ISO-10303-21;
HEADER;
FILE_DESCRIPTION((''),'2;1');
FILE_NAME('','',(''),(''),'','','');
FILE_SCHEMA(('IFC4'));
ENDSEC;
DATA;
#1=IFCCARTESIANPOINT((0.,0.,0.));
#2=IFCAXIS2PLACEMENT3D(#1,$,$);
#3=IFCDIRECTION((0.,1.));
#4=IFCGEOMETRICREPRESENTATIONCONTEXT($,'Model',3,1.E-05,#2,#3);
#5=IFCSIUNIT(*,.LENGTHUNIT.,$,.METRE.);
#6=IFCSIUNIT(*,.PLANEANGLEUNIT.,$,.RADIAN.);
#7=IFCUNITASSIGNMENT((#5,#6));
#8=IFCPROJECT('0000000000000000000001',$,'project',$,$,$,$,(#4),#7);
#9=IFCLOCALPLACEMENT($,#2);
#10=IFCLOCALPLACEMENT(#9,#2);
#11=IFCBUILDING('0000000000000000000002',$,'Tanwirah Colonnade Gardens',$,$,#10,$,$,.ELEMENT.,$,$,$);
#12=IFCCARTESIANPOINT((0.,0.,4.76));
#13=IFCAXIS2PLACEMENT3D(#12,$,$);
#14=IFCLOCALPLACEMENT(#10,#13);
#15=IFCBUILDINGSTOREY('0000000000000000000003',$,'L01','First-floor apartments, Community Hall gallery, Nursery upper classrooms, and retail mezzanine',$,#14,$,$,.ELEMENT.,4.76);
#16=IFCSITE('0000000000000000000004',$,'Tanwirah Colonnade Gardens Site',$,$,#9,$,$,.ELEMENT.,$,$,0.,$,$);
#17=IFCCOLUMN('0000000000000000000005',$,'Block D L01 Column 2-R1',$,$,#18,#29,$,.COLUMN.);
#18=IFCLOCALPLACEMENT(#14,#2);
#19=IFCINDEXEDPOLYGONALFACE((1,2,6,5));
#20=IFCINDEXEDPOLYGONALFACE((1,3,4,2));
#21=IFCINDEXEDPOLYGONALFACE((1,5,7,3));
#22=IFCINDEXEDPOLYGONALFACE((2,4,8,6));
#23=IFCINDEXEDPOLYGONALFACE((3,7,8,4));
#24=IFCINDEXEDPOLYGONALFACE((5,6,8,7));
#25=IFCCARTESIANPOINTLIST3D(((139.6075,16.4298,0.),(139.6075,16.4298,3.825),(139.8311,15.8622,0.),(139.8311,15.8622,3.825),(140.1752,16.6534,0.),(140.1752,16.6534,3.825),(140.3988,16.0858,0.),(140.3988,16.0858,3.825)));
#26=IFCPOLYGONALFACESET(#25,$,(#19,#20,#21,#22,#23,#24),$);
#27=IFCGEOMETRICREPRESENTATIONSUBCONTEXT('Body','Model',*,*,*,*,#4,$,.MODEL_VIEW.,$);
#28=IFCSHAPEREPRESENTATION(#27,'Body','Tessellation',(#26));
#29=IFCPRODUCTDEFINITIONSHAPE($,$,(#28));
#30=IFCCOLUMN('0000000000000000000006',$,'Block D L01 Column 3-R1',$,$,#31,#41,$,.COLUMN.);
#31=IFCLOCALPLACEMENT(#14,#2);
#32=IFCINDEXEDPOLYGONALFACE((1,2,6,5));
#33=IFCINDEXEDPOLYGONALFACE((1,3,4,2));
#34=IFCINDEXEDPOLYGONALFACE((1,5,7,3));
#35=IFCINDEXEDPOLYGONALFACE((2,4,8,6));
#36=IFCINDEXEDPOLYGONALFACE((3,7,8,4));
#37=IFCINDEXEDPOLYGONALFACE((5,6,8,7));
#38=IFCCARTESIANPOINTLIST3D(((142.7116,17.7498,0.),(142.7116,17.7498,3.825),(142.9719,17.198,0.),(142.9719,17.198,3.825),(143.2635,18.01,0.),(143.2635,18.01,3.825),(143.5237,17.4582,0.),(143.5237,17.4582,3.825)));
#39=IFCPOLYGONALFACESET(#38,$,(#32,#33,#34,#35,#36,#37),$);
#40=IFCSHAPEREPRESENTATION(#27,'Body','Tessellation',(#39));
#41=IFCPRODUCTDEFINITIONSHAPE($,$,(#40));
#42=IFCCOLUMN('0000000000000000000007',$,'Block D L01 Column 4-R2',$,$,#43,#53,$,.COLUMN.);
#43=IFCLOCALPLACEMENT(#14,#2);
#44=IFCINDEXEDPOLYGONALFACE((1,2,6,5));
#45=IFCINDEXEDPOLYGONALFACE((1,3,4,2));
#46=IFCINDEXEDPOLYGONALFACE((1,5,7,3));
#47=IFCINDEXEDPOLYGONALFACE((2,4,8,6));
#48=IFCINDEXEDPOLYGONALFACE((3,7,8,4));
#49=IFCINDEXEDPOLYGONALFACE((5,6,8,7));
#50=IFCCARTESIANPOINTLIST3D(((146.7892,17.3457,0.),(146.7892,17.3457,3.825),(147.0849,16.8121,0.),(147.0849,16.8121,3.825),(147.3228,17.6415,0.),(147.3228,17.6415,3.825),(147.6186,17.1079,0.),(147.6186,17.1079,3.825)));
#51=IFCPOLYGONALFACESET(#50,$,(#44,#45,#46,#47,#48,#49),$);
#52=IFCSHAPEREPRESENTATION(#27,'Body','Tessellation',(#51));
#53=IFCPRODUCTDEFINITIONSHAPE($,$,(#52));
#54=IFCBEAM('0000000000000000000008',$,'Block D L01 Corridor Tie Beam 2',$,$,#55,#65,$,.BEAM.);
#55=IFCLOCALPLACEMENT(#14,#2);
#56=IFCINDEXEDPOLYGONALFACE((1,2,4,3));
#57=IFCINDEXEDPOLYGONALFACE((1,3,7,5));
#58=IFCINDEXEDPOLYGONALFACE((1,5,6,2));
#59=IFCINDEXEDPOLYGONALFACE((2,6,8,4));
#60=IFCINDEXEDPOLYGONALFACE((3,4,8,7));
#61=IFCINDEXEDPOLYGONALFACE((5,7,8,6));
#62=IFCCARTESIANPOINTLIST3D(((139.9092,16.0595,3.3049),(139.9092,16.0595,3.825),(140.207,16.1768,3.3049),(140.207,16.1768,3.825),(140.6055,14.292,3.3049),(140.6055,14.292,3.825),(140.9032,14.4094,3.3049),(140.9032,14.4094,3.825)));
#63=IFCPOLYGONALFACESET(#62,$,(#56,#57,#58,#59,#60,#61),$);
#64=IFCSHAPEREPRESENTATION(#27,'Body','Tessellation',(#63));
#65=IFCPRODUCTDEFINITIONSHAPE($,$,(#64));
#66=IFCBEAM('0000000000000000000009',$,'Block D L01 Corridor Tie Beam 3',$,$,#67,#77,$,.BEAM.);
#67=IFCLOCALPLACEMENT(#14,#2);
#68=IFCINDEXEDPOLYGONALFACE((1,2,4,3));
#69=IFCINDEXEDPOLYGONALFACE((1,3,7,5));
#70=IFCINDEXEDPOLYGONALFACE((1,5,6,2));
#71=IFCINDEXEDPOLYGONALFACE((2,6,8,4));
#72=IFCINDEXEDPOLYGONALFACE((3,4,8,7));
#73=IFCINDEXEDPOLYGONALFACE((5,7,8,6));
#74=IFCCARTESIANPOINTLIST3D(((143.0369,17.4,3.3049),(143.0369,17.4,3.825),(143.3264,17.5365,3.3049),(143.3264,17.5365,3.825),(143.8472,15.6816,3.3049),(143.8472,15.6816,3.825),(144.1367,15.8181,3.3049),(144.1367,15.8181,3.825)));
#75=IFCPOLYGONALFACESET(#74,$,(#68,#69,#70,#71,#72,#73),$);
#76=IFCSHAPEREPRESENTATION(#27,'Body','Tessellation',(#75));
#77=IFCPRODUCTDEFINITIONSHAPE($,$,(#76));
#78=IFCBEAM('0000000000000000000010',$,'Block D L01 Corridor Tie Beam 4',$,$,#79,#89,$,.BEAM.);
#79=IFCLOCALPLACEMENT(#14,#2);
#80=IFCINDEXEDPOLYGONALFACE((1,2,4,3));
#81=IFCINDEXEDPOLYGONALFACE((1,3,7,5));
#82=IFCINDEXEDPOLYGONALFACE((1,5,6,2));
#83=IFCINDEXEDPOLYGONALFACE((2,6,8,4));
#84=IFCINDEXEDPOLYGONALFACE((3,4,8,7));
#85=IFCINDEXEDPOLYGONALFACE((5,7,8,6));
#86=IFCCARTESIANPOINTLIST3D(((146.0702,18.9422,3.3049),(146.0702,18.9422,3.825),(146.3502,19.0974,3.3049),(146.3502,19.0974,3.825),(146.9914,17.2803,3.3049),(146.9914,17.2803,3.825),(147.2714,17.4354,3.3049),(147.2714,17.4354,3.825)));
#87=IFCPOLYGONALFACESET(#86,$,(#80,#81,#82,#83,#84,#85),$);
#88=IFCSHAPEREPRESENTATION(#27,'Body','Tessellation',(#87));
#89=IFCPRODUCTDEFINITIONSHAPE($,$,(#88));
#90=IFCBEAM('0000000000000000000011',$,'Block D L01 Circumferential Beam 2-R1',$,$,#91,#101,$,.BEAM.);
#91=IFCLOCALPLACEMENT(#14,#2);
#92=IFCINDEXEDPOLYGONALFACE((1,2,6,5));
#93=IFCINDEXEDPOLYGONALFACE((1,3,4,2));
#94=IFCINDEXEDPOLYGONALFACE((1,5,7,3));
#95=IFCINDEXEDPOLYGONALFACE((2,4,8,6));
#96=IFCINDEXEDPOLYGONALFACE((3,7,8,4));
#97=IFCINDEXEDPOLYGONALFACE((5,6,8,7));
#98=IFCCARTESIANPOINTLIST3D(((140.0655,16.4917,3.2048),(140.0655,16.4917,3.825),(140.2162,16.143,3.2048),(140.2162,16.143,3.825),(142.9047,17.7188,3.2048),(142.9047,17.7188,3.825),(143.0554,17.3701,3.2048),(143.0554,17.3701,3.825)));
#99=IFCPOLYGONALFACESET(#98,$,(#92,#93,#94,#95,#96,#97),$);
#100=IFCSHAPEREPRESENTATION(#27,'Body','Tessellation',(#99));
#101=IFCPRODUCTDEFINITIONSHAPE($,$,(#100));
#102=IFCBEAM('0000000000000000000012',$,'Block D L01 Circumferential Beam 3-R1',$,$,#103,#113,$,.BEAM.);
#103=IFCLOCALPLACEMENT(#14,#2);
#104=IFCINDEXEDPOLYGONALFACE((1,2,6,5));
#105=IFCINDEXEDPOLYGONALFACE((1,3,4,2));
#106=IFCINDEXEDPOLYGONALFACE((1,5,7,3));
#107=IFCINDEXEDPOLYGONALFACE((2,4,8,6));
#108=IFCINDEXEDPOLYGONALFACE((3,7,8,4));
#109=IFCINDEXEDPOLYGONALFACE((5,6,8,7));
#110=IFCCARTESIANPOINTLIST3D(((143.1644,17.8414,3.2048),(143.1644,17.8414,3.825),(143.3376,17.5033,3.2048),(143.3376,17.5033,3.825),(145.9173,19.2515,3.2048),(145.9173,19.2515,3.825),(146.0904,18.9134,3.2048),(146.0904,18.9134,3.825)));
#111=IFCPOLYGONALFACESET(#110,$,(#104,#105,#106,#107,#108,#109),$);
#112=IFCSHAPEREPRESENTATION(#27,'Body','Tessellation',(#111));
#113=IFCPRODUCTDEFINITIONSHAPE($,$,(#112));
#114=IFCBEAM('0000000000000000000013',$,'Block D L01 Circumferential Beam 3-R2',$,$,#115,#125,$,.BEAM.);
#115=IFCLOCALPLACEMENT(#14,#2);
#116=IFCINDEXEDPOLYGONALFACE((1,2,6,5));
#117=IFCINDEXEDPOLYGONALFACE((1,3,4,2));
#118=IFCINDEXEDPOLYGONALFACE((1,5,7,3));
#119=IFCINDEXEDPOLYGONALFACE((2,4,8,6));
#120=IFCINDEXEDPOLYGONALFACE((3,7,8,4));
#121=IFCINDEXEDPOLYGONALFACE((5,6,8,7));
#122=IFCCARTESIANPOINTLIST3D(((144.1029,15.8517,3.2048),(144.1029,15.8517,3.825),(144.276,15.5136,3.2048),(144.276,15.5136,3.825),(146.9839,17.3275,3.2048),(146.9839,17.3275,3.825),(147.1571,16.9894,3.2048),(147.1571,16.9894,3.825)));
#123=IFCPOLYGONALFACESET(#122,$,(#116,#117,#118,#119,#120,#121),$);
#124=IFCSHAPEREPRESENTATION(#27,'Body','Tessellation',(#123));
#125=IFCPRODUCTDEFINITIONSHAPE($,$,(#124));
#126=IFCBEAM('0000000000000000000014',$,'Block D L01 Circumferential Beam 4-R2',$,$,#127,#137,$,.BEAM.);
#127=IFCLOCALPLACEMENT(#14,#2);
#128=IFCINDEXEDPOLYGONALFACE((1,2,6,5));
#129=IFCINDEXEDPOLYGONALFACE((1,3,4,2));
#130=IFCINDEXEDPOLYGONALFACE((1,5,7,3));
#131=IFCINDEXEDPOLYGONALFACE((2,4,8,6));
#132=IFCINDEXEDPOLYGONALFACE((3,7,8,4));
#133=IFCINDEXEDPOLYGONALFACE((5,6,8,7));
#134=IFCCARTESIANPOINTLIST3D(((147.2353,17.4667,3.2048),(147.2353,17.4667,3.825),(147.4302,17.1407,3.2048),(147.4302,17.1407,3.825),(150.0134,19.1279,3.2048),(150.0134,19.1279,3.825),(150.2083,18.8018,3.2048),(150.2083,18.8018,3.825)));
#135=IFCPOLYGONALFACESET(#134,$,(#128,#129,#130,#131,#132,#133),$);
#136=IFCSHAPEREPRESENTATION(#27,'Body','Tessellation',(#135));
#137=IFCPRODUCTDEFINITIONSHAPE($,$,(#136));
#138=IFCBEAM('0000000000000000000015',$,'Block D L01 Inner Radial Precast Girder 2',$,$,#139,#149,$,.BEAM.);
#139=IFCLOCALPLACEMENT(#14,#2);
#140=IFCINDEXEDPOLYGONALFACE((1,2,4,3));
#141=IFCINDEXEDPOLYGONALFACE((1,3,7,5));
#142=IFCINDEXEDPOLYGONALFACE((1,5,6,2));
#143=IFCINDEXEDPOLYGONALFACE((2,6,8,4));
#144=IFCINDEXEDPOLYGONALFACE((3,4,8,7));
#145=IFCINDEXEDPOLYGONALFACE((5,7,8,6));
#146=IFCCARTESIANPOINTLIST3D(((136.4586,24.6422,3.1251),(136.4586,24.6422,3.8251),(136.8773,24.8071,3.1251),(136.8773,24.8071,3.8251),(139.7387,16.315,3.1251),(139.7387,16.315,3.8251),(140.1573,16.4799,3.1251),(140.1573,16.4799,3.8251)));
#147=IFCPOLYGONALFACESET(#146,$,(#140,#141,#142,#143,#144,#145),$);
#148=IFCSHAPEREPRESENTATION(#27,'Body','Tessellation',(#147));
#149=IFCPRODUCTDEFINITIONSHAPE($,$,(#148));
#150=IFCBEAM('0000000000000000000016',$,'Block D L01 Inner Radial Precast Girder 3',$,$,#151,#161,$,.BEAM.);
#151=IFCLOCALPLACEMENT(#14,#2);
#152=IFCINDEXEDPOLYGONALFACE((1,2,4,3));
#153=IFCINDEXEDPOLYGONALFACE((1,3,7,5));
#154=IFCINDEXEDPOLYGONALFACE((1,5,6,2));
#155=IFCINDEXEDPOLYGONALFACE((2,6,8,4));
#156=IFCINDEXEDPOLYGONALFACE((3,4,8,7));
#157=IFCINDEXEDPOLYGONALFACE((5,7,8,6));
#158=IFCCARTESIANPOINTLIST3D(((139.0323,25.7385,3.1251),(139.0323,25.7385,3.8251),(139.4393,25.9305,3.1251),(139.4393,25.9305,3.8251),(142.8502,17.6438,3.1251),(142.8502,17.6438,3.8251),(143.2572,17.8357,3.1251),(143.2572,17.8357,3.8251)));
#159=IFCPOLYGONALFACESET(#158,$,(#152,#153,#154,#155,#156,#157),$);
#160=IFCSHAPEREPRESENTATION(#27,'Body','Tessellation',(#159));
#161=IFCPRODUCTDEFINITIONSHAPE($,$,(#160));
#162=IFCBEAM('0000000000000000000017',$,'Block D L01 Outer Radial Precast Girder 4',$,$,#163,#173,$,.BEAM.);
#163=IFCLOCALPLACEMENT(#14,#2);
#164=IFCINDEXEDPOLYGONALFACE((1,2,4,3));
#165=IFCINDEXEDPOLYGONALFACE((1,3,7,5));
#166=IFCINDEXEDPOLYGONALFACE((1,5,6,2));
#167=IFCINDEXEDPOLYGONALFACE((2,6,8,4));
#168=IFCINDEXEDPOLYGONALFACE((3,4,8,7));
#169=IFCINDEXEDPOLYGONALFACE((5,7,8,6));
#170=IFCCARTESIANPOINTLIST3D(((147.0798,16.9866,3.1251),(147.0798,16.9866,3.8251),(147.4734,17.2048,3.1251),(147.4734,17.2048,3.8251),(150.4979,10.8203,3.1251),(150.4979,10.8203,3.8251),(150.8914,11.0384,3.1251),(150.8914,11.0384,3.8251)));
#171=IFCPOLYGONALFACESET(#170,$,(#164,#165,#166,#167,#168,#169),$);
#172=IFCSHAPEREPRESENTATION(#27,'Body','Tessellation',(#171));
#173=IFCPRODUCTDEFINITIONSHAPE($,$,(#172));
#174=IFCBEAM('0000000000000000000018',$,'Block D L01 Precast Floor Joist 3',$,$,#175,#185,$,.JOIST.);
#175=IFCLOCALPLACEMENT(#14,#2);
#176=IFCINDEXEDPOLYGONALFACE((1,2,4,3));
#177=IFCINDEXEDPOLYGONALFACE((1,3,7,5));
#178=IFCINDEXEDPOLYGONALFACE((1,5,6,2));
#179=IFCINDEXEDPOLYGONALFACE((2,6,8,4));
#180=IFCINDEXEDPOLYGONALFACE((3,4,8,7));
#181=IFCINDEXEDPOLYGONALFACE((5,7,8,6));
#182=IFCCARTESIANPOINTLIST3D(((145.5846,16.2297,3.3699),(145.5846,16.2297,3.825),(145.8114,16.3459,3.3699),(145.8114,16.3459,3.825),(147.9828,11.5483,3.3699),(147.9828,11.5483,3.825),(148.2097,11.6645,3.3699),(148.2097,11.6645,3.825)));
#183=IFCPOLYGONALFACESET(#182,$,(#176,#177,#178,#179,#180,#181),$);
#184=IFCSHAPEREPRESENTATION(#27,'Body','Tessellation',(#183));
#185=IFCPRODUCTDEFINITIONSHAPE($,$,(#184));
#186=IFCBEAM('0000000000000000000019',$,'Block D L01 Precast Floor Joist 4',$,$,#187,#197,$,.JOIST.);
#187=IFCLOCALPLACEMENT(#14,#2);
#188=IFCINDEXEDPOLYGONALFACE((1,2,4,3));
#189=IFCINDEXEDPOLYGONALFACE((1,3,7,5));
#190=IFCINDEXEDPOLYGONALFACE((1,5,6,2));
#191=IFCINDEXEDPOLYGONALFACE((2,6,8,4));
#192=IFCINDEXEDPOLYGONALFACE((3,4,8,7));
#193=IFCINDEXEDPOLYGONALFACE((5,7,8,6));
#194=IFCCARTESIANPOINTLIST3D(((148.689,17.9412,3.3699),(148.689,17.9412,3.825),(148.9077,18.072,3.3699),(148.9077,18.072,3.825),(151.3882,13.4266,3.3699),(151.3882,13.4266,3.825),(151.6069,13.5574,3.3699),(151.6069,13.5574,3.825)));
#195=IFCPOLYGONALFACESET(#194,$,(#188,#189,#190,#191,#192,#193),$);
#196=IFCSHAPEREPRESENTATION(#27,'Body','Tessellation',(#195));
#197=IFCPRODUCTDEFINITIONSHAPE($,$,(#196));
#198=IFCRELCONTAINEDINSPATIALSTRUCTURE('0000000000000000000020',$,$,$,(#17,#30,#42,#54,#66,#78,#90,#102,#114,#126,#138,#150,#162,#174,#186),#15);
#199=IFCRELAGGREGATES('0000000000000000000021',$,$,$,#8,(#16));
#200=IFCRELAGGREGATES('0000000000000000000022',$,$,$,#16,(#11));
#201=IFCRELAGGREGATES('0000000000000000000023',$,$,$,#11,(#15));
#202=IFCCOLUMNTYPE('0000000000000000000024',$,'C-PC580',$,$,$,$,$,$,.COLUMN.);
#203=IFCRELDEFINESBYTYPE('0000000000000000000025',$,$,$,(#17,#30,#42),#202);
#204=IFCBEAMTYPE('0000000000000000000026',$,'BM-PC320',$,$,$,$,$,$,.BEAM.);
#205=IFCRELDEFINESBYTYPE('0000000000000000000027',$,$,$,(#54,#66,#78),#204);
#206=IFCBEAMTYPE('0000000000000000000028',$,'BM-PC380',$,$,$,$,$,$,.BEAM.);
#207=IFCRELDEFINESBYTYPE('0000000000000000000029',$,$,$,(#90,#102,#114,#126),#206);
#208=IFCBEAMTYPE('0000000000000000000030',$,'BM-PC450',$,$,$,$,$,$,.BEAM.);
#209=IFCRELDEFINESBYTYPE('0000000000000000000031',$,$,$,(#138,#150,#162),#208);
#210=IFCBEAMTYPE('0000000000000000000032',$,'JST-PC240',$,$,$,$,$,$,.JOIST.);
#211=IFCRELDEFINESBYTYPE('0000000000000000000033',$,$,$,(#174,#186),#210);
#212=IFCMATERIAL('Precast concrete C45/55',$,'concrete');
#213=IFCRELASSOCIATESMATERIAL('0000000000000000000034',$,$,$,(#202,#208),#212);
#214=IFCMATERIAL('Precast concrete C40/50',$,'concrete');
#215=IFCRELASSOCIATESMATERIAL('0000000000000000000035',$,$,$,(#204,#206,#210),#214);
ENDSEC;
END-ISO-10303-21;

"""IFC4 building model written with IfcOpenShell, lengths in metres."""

from ifc_helpers import new_model, si_unit, direction, frame, origin, origin_2d, place, context, subcontext, project, spatial, rectangle, extrude, material, material_profile, profile_set, type_object, element, save


model = new_model("IFC4")

# Units and contexts
model_context = context("Model", 3, precision=1e-05, world=origin(), true_north=direction((0.0, 1.0)))
body_context = subcontext(model_context, "Body", "Model", "MODEL_VIEW")
ifc_project = project(units=[si_unit("LENGTHUNIT", "METRE"), si_unit("PLANEANGLEUNIT", "RADIAN")], contexts=[model_context])

# Site, building, storey
site_placement = place(None, origin())
site = spatial("IfcSite", under=ifc_project, at=site_placement, Name="Tanwirah Colonnade Gardens Site", CompositionType="ELEMENT", RefElevation=0.0)
building_placement = place(site_placement, origin())
building = spatial("IfcBuilding", under=site, at=building_placement, Name="Tanwirah Colonnade Gardens", CompositionType="ELEMENT")
storey_placement = place(building_placement, frame((0.0, 0.0, 4.76)))
storey = spatial("IfcBuildingStorey", under=building, at=storey_placement, Name="L01", Description="First-floor apartments, Community Hall gallery, Nursery upper classrooms, and retail mezzanine", CompositionType="ELEMENT", Elevation=4.76)

# Columns
ifc_material_1 = material(Name="Precast concrete C45/55", Category="concrete")
ifc_material_profile_1 = material_profile(ifc_material_1, rectangle(XDim=0.6101, YDim=0.6101, at=origin_2d()), Name="PC-COL 610x610")
ifc_profile_set_1 = profile_set([ifc_material_profile_1], Name="Precast concrete C45/55")
column_type = type_object("IfcColumnType", Name="C-PC580", PredefinedType="COLUMN", material=ifc_profile_set_1)
for number, where, z_axis, x_axis, name in (
    (1, (140.0032, 16.2578, 0.0), (0.0, 0.0, 1.0), (0.366501, -0.930418, 0.0), "Block D L01 Column 2-R1"),
    (2, (143.1177, 17.604, 0.0), (0.0, 0.0, 1.0), (0.426569, -0.904455, 0.0), "Block D L01 Column 3-R1"),
    (3, (147.2039, 17.2268, 0.0), (0.0, 0.0, 1.0), (0.48481, -0.87462, 0.0), "Block D L01 Column 4-R2"),
):
    element("IfcColumn", number, at=place(storey_placement, frame(where, z_axis=z_axis, x_axis=x_axis)), inside=storey, type_object=column_type, Name=name, PredefinedType="COLUMN", context=body_context, shape_type="SweptSolid", body=[
        extrude(rectangle(XDim=0.6101, YDim=0.6101, at=origin_2d()), origin(), (0.0, 0.0, 1.0), 3.825),
    ])

# Beams
ifc_material_2 = material(Name="Precast concrete C40/50", Category="concrete")
ifc_material_profile_2 = material_profile(ifc_material_2, rectangle(XDim=0.3201, YDim=0.52, at=origin_2d()), Name="PC-BM 320x520")
ifc_profile_set_2 = profile_set([ifc_material_profile_2], Name="Precast concrete C40/50")
beam_type_1 = type_object("IfcBeamType", Name="BM-PC320", PredefinedType="BEAM", material=ifc_profile_set_2)
beam_1_placement = place(storey_placement, frame((140.0581, 16.1182, 3.5649), z_axis=(0.366511, -0.930414, 0.0), x_axis=(0.930414, 0.366511, 0.0)))
element("IfcBeam", 4, at=beam_1_placement, inside=storey, type_object=beam_type_1, Name="Block D L01 Corridor Tie Beam 2", PredefinedType="BEAM", context=body_context, shape_type="SweptSolid", body=[
    extrude(rectangle(XDim=0.3201, YDim=0.52, at=origin_2d()), origin(), (0.0, 0.0, 1.0), 1.8997),
])
beam_2_placement = place(storey_placement, frame((143.1816, 17.4683, 3.5649), z_axis=(0.426484, -0.904495, 0.0), x_axis=(0.904495, 0.426484, 0.0)))
element("IfcBeam", 5, at=beam_2_placement, inside=storey, type_object=beam_type_1, Name="Block D L01 Corridor Tie Beam 3", PredefinedType="BEAM", context=body_context, shape_type="SweptSolid", body=[
    extrude(rectangle(XDim=0.3201, YDim=0.52, at=origin_2d()), origin(), (0.0, 0.0, 1.0), 1.8999),
])
beam_3_placement = place(storey_placement, frame((146.2102, 19.0198, 3.5649), z_axis=(0.484792, -0.87463, 0.0), x_axis=(0.87463, 0.484792, 0.0)))
element("IfcBeam", 6, at=beam_3_placement, inside=storey, type_object=beam_type_1, Name="Block D L01 Corridor Tie Beam 4", PredefinedType="BEAM", context=body_context, shape_type="SweptSolid", body=[
    extrude(rectangle(XDim=0.3201, YDim=0.52, at=origin_2d()), origin(), (0.0, 0.0, 1.0), 1.9001),
])
ifc_material_profile_3 = material_profile(ifc_material_2, rectangle(XDim=0.3799, YDim=0.6201, at=origin_2d()), Name="PC-BM 380x620")
ifc_profile_set_3 = profile_set([ifc_material_profile_3], Name="Precast concrete C40/50")
beam_type_2 = type_object("IfcBeamType", Name="BM-PC380", PredefinedType="BEAM", material=ifc_profile_set_3)
for number, where, z_axis, x_axis, name in (
    (7, (140.1409, 16.3174, 3.5149), (0.917936, 0.396728, 0.0), (-0.396728, 0.917936, 0.0), "Block D L01 Circumferential Beam 2-R1"),
    (8, (143.251, 17.6724, 3.5149), (0.890028, 0.455906, 0.0), (-0.455906, 0.890028, 0.0), "Block D L01 Circumferential Beam 3-R1"),
):
    element("IfcBeam", number, at=place(storey_placement, frame(where, z_axis=z_axis, x_axis=x_axis)), inside=storey, type_object=beam_type_2, Name=name, PredefinedType="BEAM", context=body_context, shape_type="SweptSolid", body=[
        extrude(rectangle(XDim=0.3799, YDim=0.6201, at=origin_2d()), origin(), (0.0, 0.0, 1.0), 3.093),
    ])
beam_4_placement = place(storey_placement, frame((144.1895, 15.6826, 3.5149), z_axis=(0.890025, 0.455911, 0.0), x_axis=(-0.455911, 0.890025, 0.0)))
element("IfcBeam", 9, at=beam_4_placement, inside=storey, type_object=beam_type_2, Name="Block D L01 Circumferential Beam 3-R2", PredefinedType="BEAM", context=body_context, shape_type="SweptSolid", body=[
    extrude(rectangle(XDim=0.3799, YDim=0.6201, at=origin_2d()), origin(), (0.0, 0.0, 1.0), 3.2371),
])
beam_5_placement = place(storey_placement, frame((147.3328, 17.3037, 3.5149), z_axis=(0.858271, 0.513197, 0.0), x_axis=(-0.513197, 0.858271, 0.0)))
element("IfcBeam", 10, at=beam_5_placement, inside=storey, type_object=beam_type_2, Name="Block D L01 Circumferential Beam 4-R2", PredefinedType="BEAM", context=body_context, shape_type="SweptSolid", body=[
    extrude(rectangle(XDim=0.3799, YDim=0.6201, at=origin_2d()), origin(), (0.0, 0.0, 1.0), 3.2368),
])
ifc_material_profile_4 = material_profile(ifc_material_1, rectangle(XDim=0.45, YDim=0.7, at=origin_2d()), Name="PC-BM 450x700")
ifc_profile_set_4 = profile_set([ifc_material_profile_4], Name="Precast concrete C45/55")
beam_type_3 = type_object("IfcBeamType", Name="BM-PC450", PredefinedType="BEAM", material=ifc_profile_set_4)
for number, where, z_axis, x_axis, name in (
    (11, (139.948, 16.3975, 3.4751), (-0.366489, 0.930422, 0.0), (-0.930422, -0.366489, 0.0), "Block D L01 Inner Radial Precast Girder 2"),
    (12, (143.0537, 17.7397, 3.4751), (-0.426582, 0.904449, 0.0), (-0.904449, -0.426582, 0.0), "Block D L01 Inner Radial Precast Girder 3"),
):
    element("IfcBeam", number, at=place(storey_placement, frame(where, z_axis=z_axis, x_axis=x_axis)), inside=storey, type_object=beam_type_3, Name=name, PredefinedType="BEAM", context=body_context, shape_type="SweptSolid", body=[
        extrude(rectangle(XDim=0.45, YDim=0.7, at=origin_2d()), origin(), (0.0, 0.0, 1.0), 8.95),
    ])
beam_6_placement = place(storey_placement, frame((147.2766, 17.0957, 3.4751), z_axis=(0.484805, -0.874622, 0.0), x_axis=(0.874622, 0.484805, 0.0)))
element("IfcBeam", 13, at=beam_6_placement, inside=storey, type_object=beam_type_3, Name="Block D L01 Outer Radial Precast Girder 4", PredefinedType="BEAM", context=body_context, shape_type="SweptSolid", body=[
    extrude(rectangle(XDim=0.45, YDim=0.7, at=origin_2d()), origin(), (0.0, 0.0, 1.0), 7.0503),
])
ifc_material_profile_5 = material_profile(ifc_material_2, rectangle(XDim=0.2549, YDim=0.4551, at=origin_2d()), Name="PC-JST 255x455")
ifc_profile_set_5 = profile_set([ifc_material_profile_5], Name="Precast concrete C40/50")
beam_type_4 = type_object("IfcBeamType", Name="JST-PC240", PredefinedType="JOIST", material=ifc_profile_set_5)
for number, where, z_axis, x_axis, name in (
    (14, (145.698, 16.2878, 3.5974), (0.455937, -0.890012, 0.0), (0.890012, 0.455937, 0.0), "Block D L01 Precast Floor Joist 3"),
    (15, (148.7983, 18.0066, 3.5974), (0.513157, -0.858295, 0.0), (0.858295, 0.513157, 0.0), "Block D L01 Precast Floor Joist 4"),
):
    element("IfcBeam", number, at=place(storey_placement, frame(where, z_axis=z_axis, x_axis=x_axis)), inside=storey, type_object=beam_type_4, Name=name, PredefinedType="JOIST", context=body_context, shape_type="SweptSolid", body=[
        extrude(rectangle(XDim=0.2549, YDim=0.4551, at=origin_2d()), origin(), (0.0, 0.0, 1.0), 5.26),
    ])

save(model, "model.ifc")
